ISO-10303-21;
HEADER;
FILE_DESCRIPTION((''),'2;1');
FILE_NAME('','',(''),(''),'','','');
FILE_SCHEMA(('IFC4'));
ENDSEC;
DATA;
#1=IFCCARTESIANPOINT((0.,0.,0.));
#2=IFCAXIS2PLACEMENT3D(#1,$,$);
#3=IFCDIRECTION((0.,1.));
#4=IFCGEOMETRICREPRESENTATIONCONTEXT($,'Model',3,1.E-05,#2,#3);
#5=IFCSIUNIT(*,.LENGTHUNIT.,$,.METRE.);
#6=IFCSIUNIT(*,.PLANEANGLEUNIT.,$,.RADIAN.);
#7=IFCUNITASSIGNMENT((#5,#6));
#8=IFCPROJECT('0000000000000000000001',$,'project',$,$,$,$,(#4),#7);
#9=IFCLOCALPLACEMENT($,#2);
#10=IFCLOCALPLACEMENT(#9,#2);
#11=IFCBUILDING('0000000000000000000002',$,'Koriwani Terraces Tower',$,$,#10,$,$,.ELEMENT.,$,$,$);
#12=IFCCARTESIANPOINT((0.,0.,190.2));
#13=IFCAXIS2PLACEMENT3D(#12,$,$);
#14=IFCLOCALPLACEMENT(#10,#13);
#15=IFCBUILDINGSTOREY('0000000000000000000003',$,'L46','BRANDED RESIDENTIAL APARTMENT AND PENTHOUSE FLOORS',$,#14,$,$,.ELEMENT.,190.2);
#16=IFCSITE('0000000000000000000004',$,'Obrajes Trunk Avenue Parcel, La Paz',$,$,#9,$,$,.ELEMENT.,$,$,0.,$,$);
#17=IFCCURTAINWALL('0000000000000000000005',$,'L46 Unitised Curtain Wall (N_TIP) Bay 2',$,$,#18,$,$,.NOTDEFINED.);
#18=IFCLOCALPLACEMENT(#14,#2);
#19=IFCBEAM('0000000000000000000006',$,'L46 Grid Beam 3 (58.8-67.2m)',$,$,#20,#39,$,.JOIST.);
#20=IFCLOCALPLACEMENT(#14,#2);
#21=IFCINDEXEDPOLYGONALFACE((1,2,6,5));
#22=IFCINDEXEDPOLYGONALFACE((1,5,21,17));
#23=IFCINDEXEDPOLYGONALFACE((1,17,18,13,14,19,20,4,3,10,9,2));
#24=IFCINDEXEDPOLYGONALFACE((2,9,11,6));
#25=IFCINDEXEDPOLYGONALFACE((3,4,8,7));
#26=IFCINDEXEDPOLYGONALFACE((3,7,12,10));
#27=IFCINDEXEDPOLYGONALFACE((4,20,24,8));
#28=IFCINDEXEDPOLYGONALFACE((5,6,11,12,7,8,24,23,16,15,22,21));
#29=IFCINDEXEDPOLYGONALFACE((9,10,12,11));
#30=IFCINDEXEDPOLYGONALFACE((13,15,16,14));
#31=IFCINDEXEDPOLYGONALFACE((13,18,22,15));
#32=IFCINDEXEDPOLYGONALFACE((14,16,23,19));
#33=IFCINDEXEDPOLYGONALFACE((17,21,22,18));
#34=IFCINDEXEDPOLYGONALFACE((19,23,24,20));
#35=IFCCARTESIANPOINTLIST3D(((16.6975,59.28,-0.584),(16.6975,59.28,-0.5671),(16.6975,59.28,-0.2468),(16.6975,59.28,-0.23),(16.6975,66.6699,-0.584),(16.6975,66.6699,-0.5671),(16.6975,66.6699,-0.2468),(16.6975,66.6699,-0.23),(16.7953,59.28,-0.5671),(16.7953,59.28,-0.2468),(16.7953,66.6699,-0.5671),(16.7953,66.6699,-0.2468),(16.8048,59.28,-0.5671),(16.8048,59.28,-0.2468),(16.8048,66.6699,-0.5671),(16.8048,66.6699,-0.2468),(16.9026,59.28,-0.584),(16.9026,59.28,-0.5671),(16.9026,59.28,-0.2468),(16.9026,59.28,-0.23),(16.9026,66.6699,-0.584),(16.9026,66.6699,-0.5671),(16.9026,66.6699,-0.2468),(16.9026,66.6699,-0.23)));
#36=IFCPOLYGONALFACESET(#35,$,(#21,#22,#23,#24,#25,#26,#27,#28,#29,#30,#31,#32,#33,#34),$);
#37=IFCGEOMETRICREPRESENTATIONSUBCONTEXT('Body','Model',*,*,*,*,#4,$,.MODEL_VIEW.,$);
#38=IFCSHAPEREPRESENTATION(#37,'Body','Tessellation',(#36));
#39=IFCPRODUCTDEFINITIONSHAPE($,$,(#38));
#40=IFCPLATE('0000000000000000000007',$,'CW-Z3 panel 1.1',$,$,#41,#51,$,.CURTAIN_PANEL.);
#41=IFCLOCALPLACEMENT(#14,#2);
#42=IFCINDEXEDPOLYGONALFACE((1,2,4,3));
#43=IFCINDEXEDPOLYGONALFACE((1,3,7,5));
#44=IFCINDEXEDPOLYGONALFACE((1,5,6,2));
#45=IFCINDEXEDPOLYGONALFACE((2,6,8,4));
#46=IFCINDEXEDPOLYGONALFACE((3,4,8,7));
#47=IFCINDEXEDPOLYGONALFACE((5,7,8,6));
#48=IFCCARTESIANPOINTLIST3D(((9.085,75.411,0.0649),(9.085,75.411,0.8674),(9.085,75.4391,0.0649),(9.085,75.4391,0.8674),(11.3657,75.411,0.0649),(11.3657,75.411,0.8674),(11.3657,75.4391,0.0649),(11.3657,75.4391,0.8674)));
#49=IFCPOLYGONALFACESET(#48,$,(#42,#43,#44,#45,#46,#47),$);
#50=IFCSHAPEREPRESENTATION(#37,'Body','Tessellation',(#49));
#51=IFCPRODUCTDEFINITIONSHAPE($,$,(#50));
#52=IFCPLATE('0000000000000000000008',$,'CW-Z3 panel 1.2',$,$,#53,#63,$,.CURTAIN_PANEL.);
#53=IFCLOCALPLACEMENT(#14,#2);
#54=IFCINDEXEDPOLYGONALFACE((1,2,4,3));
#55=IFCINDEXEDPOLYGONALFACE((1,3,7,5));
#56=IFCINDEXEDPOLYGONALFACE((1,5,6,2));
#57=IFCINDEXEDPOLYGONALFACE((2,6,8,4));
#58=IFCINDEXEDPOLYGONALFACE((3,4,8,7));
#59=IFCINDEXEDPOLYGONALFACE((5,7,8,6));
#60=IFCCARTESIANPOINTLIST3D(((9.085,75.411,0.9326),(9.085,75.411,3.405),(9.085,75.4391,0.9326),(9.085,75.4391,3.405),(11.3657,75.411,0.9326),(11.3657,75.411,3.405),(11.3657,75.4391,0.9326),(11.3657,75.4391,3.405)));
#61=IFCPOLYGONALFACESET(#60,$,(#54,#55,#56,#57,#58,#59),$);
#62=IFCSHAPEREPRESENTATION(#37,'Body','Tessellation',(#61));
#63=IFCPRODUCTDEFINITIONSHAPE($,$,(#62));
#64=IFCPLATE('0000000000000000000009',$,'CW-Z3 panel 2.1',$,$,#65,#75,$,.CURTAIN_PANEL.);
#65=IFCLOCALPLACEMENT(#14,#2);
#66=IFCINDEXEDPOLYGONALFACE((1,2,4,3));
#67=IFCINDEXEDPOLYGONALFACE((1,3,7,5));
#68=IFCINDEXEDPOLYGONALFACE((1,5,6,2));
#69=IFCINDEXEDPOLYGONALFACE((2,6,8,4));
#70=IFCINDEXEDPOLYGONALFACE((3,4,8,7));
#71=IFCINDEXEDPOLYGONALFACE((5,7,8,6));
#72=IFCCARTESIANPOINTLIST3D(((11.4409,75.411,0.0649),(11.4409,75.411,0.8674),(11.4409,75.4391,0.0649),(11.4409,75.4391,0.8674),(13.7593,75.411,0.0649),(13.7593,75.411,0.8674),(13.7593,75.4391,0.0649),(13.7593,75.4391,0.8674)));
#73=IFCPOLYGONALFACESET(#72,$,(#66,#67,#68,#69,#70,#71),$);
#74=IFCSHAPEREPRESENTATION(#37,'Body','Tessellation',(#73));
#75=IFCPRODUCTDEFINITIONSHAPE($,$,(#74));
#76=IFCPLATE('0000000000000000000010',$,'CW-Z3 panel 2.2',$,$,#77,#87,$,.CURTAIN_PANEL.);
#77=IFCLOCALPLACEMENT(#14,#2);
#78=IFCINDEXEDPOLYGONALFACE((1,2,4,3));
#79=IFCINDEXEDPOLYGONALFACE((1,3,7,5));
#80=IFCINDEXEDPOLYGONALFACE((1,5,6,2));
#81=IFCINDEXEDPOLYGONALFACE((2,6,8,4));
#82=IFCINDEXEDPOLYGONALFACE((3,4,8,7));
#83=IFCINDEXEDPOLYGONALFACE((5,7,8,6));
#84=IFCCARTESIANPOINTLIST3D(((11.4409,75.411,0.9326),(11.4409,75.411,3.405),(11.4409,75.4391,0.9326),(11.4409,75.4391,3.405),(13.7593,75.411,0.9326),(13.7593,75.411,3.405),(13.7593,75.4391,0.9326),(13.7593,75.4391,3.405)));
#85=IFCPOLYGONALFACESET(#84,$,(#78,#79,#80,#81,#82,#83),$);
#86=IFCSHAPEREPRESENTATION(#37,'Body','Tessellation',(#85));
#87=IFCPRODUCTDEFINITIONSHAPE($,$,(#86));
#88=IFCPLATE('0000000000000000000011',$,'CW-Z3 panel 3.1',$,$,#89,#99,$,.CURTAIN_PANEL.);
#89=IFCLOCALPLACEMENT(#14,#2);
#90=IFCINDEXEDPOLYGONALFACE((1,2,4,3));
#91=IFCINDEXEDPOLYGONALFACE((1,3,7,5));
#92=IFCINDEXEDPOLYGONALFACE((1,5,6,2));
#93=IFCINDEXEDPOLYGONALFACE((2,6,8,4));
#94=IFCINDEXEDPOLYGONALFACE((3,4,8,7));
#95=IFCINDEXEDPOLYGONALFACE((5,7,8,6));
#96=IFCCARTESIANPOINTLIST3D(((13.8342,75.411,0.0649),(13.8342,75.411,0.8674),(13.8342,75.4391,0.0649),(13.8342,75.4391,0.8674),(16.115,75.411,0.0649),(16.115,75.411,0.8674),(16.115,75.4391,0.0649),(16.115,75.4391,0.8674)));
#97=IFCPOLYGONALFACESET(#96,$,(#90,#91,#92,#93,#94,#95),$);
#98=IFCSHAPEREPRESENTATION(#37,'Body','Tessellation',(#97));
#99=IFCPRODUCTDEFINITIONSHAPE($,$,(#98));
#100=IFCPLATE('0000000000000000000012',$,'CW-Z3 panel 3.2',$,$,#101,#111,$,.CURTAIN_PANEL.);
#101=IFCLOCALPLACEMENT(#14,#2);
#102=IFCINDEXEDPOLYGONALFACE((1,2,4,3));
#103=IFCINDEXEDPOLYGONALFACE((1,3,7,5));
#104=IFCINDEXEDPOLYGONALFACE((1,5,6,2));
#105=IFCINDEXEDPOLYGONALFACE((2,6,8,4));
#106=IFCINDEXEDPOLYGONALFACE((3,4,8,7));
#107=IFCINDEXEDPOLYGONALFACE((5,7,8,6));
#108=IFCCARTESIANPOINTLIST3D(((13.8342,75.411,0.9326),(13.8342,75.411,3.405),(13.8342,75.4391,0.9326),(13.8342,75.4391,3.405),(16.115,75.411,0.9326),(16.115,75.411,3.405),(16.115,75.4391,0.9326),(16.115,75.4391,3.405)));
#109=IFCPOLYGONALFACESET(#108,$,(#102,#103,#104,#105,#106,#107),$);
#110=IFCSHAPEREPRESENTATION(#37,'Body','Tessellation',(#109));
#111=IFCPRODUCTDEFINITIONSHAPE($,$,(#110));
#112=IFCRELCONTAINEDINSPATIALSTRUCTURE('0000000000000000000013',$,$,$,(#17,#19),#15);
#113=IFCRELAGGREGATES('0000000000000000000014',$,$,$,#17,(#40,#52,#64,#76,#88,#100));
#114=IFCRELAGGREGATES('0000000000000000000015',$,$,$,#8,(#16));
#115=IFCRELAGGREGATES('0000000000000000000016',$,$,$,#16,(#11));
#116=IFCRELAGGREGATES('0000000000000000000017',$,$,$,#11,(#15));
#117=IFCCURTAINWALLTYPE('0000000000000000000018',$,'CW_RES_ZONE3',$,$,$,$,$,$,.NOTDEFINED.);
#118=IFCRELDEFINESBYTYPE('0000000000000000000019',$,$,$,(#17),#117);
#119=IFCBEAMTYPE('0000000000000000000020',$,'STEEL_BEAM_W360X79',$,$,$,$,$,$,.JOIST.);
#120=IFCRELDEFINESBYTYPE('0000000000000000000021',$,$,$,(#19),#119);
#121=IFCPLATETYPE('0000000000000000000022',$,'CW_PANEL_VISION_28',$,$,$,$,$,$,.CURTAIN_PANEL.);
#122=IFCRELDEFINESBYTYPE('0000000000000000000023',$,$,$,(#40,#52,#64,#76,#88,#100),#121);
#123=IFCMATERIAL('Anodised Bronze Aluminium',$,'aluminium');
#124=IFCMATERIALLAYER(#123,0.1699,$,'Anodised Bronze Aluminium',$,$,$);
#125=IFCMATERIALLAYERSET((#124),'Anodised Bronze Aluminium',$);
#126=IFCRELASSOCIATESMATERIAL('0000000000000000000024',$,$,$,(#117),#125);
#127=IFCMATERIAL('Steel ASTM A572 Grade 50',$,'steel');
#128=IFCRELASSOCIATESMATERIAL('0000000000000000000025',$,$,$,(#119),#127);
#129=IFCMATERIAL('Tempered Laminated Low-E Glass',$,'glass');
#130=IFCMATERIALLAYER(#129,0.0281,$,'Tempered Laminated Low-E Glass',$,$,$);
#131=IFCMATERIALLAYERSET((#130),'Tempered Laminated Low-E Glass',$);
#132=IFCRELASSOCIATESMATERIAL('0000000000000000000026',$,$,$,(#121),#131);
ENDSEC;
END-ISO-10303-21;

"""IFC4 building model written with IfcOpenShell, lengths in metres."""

from ifc_helpers import new_model, si_unit, direction, frame, origin, origin_2d, place, context, subcontext, project, spatial, rectangle, i_section, extrude, material, layer, layer_set, material_profile, profile_set, type_object, element, aggregate, save


model = new_model("IFC4")

# Units and contexts
model_context = context("Model", 3, precision=1e-05, world=origin(), true_north=direction((0.0, 1.0)))
body_context = subcontext(model_context, "Body", "Model", "MODEL_VIEW")
ifc_project = project(units=[si_unit("LENGTHUNIT", "METRE"), si_unit("PLANEANGLEUNIT", "RADIAN")], contexts=[model_context])

# Site, building, storey
site_placement = place(None, origin())
site = spatial("IfcSite", under=ifc_project, at=site_placement, Name="Obrajes Trunk Avenue Parcel, La Paz", CompositionType="ELEMENT", RefElevation=0.0)
building_placement = place(site_placement, origin())
building = spatial("IfcBuilding", under=site, at=building_placement, Name="Koriwani Terraces Tower", CompositionType="ELEMENT")
storey_placement = place(building_placement, frame((0.0, 0.0, 190.2)))
storey = spatial("IfcBuildingStorey", under=building, at=storey_placement, Name="L46", Description="BRANDED RESIDENTIAL APARTMENT AND PENTHOUSE FLOORS", CompositionType="ELEMENT", Elevation=190.2)

# Curtain wall
ifc_material_1 = material(Name="Anodised Bronze Aluminium", Category="aluminium")
ifc_layer_1 = layer(ifc_material_1, 0.1699, Name="Anodised Bronze Aluminium")
ifc_layer_set_1 = layer_set([ifc_layer_1], Name="Anodised Bronze Aluminium")
curtain_wall_type = type_object("IfcCurtainWallType", Name="CW_RES_ZONE3", PredefinedType="NOTDEFINED", material=ifc_layer_set_1)
curtain_wall_1_placement = place(storey_placement, origin())
curtain_wall_1 = element("IfcCurtainWall", 1, at=curtain_wall_1_placement, inside=storey, type_object=curtain_wall_type, Name="L46 Unitised Curtain Wall (N_TIP) Bay 2", PredefinedType="NOTDEFINED")

# Beam
ifc_material_2 = material(Name="Steel ASTM A572 Grade 50", Category="steel")
ifc_material_profile_1 = material_profile(ifc_material_2, i_section(OverallWidth=0.2051, OverallDepth=0.354, WebThickness=0.0095, FlangeThickness=0.0168, at=origin_2d()), Name="Steel ASTM A572 Grade 50", Category="LoadBearing")
ifc_profile_set_1 = profile_set([ifc_material_profile_1], Name="Steel ASTM A572 Grade 50")
beam_type_1 = type_object("IfcBeamType", Name="STEEL_BEAM_W360X79", PredefinedType="JOIST", material=ifc_profile_set_1)
beam_1_placement = place(storey_placement, frame((16.8, 59.28, -0.407), z_axis=(0.0, 1.0, 0.0), x_axis=(-1.0, 0.0, 0.0)))
element("IfcBeam", 2, at=beam_1_placement, inside=storey, type_object=beam_type_1, Name="L46 Grid Beam 3 (58.8-67.2m)", PredefinedType="JOIST", context=body_context, shape_type="SweptSolid", body=[
    extrude(i_section(OverallWidth=0.2051, OverallDepth=0.354, WebThickness=0.0095, FlangeThickness=0.0168, at=origin_2d()), origin(), (0.0, 0.0, 1.0), 7.3899),
])

# Plates
ifc_material_3 = material(Name="Tempered Laminated Low-E Glass", Category="glass")
ifc_layer_2 = layer(ifc_material_3, 0.0281, Name="Tempered Laminated Low-E Glass")
ifc_layer_set_2 = layer_set([ifc_layer_2], Name="Tempered Laminated Low-E Glass")
plate_type = type_object("IfcPlateType", Name="CW_PANEL_VISION_28", PredefinedType="CURTAIN_PANEL", material=ifc_layer_set_2)
plate_1_placement = place(storey_placement, frame((10.2253, 75.425, 0.0649), z_axis=(0.0, 0.0, 1.0), x_axis=(1.0, 0.0, 0.0)))
plate_1 = element("IfcPlate", 3, at=plate_1_placement, type_object=plate_type, Name="CW-Z3 panel 1.1", PredefinedType="CURTAIN_PANEL", context=body_context, shape_type="SweptSolid", body=[
    extrude(rectangle(XDim=2.2808, YDim=0.0281, at=origin_2d()), origin(), (0.0, 0.0, 1.0), 0.8025),
])
plate_2_placement = place(storey_placement, frame((10.2253, 75.425, 0.9326), z_axis=(0.0, 0.0, 1.0), x_axis=(1.0, 0.0, 0.0)))
plate_2 = element("IfcPlate", 4, at=plate_2_placement, type_object=plate_type, Name="CW-Z3 panel 1.2", PredefinedType="CURTAIN_PANEL", context=body_context, shape_type="SweptSolid", body=[
    extrude(rectangle(XDim=2.2808, YDim=0.0281, at=origin_2d()), origin(), (0.0, 0.0, 1.0), 2.4724),
])
plate_3_placement = place(storey_placement, frame((12.6001, 75.425, 0.0649), z_axis=(0.0, 0.0, 1.0), x_axis=(1.0, 0.0, 0.0)))
plate_3 = element("IfcPlate", 5, at=plate_3_placement, type_object=plate_type, Name="CW-Z3 panel 2.1", PredefinedType="CURTAIN_PANEL", context=body_context, shape_type="SweptSolid", body=[
    extrude(rectangle(XDim=2.3184, YDim=0.0281, at=origin_2d()), origin(), (0.0, 0.0, 1.0), 0.8025),
])
plate_4_placement = place(storey_placement, frame((12.6001, 75.425, 0.9326), z_axis=(0.0, 0.0, 1.0), x_axis=(1.0, 0.0, 0.0)))
plate_4 = element("IfcPlate", 6, at=plate_4_placement, type_object=plate_type, Name="CW-Z3 panel 2.2", PredefinedType="CURTAIN_PANEL", context=body_context, shape_type="SweptSolid", body=[
    extrude(rectangle(XDim=2.3184, YDim=0.0281, at=origin_2d()), origin(), (0.0, 0.0, 1.0), 2.4724),
])
plate_5_placement = place(storey_placement, frame((14.9746, 75.425, 0.0649), z_axis=(0.0, 0.0, 1.0), x_axis=(1.0, 0.0, 0.0)))
plate_5 = element("IfcPlate", 7, at=plate_5_placement, type_object=plate_type, Name="CW-Z3 panel 3.1", PredefinedType="CURTAIN_PANEL", context=body_context, shape_type="SweptSolid", body=[
    extrude(rectangle(XDim=2.2808, YDim=0.0281, at=origin_2d()), origin(), (0.0, 0.0, 1.0), 0.8025),
])
plate_6_placement = place(storey_placement, frame((14.9746, 75.425, 0.9326), z_axis=(0.0, 0.0, 1.0), x_axis=(1.0, 0.0, 0.0)))
plate_6 = element("IfcPlate", 8, at=plate_6_placement, type_object=plate_type, Name="CW-Z3 panel 3.2", PredefinedType="CURTAIN_PANEL", context=body_context, shape_type="SweptSolid", body=[
    extrude(rectangle(XDim=2.2808, YDim=0.0281, at=origin_2d()), origin(), (0.0, 0.0, 1.0), 2.4724),
])
aggregate(curtain_wall_1, [plate_1, plate_2, plate_3, plate_4, plate_5, plate_6])

save(model, "model.ifc")
